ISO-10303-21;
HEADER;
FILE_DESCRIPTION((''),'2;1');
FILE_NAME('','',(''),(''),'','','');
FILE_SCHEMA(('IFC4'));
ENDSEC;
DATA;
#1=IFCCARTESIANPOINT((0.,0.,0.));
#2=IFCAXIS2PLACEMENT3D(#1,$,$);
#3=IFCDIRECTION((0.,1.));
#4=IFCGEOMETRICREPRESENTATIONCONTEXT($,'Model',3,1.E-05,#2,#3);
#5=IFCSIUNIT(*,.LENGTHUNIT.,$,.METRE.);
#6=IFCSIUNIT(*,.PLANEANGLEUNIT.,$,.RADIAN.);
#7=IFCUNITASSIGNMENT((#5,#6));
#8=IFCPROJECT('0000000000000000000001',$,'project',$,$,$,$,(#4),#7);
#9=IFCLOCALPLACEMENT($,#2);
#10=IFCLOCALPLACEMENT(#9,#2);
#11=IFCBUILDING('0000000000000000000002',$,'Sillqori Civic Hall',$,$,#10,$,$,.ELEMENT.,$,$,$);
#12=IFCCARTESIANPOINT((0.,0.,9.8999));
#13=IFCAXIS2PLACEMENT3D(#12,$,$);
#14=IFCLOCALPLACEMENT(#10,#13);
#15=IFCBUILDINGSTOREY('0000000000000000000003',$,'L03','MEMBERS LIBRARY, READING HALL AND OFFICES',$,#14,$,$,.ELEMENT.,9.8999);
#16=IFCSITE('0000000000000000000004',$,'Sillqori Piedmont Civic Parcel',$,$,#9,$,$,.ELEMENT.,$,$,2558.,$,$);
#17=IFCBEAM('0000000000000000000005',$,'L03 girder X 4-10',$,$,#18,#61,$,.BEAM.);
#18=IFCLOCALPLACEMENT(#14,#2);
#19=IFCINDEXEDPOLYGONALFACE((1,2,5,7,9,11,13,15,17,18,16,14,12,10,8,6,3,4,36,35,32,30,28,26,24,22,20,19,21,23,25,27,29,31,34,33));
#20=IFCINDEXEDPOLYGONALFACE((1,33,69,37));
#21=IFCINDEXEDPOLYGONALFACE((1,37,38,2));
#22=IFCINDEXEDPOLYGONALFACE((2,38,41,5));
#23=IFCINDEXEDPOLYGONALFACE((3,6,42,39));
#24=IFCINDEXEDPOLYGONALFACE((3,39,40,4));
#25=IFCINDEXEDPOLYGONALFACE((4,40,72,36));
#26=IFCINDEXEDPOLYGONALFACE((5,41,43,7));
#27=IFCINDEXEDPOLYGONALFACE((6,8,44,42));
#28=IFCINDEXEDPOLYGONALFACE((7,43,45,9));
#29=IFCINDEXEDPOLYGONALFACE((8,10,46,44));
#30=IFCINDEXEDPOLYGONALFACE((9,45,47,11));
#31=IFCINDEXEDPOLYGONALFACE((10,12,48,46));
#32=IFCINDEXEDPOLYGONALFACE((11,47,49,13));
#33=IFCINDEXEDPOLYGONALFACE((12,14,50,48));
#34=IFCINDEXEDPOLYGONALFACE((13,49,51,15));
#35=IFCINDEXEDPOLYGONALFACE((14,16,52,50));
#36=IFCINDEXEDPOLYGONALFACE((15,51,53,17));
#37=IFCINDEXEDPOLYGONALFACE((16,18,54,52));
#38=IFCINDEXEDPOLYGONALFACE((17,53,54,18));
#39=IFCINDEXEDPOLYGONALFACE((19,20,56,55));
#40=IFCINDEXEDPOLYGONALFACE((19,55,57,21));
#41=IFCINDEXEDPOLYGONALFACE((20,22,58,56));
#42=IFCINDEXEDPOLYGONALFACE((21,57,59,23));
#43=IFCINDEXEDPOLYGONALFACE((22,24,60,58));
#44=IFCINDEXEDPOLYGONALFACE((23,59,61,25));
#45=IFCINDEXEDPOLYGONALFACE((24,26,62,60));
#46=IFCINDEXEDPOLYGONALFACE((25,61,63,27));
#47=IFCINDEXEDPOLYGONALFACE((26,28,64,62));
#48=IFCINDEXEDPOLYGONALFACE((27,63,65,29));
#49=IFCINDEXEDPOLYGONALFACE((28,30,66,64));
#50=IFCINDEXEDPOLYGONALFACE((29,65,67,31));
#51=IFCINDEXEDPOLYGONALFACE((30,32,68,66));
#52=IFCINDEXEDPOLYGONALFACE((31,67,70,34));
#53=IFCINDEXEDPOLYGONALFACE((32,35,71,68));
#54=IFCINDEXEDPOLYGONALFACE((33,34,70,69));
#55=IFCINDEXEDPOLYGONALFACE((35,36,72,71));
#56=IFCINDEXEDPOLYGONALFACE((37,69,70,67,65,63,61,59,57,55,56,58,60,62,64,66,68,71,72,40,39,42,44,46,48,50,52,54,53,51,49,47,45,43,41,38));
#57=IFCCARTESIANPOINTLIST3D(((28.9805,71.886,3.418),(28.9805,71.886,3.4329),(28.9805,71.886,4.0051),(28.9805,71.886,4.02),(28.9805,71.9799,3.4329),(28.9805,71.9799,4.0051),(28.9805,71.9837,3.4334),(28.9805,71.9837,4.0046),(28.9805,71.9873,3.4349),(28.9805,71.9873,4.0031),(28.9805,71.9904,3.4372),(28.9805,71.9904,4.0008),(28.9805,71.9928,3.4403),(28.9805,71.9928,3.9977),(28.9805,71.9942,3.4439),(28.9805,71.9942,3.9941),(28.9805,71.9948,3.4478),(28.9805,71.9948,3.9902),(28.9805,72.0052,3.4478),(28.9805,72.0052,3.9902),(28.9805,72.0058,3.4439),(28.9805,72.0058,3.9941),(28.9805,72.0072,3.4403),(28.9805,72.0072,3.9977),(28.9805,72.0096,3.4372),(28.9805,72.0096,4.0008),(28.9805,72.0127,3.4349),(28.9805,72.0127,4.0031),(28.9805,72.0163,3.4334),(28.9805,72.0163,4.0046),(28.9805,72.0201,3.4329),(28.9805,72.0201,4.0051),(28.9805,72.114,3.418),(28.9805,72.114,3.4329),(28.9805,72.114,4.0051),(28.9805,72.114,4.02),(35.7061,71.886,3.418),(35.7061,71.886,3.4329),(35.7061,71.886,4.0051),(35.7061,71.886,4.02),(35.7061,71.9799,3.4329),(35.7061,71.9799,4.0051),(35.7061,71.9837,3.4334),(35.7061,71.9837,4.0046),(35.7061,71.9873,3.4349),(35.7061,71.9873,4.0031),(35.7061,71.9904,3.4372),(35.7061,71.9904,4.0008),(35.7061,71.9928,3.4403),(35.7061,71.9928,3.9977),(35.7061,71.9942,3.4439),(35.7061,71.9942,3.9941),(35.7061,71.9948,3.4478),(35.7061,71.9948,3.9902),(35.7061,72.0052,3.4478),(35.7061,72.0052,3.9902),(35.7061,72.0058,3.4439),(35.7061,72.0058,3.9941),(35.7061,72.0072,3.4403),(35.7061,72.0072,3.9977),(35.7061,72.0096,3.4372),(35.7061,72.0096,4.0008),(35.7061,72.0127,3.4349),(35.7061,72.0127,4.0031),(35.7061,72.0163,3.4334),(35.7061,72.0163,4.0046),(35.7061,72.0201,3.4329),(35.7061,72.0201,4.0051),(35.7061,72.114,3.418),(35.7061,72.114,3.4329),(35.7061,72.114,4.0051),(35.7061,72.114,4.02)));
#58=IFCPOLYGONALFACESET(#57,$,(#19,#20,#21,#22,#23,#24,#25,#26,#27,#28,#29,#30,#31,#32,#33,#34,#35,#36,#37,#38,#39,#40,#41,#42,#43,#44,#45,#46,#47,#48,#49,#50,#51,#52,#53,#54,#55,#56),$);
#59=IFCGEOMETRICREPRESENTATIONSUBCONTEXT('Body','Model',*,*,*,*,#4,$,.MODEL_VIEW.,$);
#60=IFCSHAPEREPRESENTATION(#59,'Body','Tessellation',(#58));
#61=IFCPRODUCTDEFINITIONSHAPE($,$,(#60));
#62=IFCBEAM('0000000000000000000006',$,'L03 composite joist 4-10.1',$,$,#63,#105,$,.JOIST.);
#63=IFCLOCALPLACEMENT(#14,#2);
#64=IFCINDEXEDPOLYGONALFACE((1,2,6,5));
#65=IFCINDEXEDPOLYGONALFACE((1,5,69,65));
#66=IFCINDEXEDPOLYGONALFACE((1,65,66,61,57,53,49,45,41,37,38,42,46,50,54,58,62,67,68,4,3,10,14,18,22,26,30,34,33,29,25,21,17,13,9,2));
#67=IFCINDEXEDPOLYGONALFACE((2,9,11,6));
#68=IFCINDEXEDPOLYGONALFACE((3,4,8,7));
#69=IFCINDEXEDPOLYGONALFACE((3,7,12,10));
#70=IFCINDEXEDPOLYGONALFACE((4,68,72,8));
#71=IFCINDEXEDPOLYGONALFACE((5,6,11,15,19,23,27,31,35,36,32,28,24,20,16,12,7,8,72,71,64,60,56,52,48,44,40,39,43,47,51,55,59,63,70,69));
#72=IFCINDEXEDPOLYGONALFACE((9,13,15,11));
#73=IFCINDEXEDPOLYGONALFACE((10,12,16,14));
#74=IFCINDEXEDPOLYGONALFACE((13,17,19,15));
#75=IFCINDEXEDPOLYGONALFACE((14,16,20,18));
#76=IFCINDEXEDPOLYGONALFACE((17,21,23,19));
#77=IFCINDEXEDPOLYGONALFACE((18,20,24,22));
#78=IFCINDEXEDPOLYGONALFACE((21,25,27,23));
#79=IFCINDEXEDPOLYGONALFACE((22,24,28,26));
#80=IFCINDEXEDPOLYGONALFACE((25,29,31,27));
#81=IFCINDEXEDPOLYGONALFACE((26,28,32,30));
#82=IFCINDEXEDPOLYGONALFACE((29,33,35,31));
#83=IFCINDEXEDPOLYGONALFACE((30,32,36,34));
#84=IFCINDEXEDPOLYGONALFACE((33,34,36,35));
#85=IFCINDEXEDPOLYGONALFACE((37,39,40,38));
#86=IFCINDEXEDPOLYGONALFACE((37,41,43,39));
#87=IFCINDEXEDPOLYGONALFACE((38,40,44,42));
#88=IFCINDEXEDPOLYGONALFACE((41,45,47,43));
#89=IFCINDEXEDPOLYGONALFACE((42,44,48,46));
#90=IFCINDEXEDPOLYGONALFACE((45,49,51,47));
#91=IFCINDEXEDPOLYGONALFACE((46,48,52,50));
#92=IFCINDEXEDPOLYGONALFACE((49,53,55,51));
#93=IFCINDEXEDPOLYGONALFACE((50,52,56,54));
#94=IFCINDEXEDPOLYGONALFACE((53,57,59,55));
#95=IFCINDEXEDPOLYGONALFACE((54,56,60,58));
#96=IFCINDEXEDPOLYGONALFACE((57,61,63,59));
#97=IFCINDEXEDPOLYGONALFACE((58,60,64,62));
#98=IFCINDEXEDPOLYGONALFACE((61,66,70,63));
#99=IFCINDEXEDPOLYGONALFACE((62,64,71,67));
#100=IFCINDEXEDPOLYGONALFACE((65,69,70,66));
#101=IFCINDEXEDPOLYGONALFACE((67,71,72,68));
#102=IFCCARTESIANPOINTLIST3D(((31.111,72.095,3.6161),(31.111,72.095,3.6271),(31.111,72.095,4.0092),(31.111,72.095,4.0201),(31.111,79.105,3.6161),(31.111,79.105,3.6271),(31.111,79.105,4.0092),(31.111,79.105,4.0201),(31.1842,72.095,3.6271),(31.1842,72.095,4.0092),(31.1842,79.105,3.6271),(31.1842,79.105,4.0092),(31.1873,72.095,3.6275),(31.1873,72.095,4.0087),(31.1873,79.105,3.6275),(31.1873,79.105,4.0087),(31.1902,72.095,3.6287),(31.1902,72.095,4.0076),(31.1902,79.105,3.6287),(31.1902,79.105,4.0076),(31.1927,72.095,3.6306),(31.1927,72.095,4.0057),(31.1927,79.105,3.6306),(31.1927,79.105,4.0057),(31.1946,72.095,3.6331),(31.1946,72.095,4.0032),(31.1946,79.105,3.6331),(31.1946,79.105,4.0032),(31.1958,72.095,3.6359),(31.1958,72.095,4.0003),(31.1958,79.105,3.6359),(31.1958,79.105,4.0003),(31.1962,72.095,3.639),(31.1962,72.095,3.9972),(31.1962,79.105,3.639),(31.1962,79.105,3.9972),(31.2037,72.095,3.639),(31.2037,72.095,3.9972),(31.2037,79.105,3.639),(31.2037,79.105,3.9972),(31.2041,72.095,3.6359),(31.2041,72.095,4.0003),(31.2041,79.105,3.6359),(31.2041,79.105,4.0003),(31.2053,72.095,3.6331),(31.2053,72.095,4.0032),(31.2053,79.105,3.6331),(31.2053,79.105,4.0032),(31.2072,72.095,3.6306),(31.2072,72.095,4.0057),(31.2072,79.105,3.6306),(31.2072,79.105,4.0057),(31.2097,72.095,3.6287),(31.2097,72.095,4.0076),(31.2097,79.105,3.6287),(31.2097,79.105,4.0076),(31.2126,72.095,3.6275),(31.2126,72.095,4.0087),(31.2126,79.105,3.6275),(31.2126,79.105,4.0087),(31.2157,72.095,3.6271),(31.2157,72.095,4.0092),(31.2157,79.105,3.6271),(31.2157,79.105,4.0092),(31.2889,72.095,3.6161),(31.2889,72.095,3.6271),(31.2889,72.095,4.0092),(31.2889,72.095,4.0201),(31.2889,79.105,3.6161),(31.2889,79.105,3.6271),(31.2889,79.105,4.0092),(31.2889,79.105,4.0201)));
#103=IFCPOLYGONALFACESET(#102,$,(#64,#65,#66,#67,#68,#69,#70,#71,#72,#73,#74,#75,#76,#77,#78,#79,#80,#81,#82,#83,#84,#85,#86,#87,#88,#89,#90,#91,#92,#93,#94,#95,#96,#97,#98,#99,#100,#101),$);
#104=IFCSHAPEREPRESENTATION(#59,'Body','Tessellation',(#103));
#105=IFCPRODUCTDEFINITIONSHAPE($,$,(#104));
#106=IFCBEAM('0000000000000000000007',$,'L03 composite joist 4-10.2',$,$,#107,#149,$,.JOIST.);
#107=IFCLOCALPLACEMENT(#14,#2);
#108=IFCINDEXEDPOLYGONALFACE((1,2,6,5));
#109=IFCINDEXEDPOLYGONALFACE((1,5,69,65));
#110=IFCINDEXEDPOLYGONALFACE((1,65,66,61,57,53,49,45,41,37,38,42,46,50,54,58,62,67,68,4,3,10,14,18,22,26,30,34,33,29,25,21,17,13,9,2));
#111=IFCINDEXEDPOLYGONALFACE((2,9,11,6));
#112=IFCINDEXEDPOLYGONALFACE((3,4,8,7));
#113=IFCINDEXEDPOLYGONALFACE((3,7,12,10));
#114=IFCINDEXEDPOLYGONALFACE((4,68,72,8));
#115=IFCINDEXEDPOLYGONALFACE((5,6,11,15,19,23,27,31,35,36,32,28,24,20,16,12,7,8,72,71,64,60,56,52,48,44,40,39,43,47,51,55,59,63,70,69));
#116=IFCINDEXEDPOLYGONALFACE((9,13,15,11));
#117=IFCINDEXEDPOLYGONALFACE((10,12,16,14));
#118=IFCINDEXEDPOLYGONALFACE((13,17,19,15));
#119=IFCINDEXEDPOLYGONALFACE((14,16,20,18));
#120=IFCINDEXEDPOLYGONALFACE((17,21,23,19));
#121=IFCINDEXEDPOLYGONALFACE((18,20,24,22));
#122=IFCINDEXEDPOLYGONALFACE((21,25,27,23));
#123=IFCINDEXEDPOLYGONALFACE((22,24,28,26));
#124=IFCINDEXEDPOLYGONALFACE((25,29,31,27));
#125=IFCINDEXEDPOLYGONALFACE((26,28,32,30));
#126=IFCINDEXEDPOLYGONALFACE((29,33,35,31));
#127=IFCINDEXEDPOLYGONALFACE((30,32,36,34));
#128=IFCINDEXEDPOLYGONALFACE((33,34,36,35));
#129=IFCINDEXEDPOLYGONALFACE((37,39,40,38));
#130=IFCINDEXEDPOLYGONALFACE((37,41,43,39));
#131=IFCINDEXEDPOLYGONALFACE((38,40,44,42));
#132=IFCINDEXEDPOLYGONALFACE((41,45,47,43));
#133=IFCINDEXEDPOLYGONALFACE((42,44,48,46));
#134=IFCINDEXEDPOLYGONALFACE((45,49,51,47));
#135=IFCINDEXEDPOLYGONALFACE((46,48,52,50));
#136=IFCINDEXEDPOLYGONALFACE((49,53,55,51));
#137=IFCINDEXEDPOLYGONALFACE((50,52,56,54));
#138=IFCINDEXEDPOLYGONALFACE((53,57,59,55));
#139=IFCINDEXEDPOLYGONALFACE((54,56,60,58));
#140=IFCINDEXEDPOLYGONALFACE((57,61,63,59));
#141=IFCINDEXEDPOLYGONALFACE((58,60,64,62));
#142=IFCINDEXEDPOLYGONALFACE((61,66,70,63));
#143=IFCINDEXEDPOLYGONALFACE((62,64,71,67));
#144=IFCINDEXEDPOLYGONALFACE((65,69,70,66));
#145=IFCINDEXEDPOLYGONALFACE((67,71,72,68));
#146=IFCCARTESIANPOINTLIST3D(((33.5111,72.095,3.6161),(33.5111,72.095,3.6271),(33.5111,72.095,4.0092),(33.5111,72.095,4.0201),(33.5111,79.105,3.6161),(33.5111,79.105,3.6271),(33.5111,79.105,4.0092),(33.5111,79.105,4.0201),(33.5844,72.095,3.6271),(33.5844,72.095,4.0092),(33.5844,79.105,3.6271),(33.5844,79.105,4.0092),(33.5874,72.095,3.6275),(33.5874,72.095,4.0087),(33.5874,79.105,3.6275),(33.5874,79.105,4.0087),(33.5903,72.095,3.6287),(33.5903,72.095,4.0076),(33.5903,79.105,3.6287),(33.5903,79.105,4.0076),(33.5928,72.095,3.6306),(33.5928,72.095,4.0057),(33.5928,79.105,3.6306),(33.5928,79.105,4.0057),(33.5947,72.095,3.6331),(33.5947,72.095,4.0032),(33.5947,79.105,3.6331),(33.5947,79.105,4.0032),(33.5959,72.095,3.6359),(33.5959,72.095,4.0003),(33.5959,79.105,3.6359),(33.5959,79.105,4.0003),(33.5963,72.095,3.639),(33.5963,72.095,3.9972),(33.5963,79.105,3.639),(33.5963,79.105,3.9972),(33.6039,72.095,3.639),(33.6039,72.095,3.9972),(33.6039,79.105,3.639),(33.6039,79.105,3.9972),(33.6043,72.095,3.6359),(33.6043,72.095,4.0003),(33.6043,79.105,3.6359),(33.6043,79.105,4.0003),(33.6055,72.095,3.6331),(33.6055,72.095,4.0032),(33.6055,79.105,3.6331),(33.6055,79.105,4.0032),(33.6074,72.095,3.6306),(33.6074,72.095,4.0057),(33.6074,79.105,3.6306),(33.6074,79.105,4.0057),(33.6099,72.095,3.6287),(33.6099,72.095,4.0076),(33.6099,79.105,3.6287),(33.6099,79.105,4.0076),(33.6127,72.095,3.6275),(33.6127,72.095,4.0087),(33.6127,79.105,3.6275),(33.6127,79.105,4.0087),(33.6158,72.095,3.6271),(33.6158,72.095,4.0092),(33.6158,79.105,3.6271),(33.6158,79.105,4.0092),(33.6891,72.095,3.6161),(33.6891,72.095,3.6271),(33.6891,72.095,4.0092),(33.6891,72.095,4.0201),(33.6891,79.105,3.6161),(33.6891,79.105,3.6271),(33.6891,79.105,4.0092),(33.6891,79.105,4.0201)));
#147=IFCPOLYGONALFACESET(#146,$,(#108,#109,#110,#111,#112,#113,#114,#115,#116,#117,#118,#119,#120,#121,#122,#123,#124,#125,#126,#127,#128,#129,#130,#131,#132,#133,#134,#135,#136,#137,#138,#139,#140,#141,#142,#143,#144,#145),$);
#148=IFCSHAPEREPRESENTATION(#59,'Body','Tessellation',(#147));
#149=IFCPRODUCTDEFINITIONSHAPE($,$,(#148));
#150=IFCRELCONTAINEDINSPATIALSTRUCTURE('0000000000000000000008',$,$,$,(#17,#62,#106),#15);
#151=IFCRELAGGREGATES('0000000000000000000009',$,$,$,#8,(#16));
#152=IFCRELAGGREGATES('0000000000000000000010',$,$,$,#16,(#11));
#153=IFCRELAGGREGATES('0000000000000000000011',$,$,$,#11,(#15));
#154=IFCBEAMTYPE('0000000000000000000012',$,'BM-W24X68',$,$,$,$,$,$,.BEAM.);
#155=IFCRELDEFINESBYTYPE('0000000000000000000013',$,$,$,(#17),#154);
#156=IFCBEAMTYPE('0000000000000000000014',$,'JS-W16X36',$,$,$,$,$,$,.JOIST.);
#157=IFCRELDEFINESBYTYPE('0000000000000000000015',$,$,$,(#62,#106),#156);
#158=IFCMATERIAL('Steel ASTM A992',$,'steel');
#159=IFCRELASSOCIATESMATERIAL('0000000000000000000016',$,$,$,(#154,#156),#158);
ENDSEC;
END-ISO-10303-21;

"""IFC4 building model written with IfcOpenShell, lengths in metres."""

from ifc_helpers import new_model, si_unit, direction, frame, origin, origin_2d, place, context, subcontext, project, spatial, i_section, extrude, material, material_profile, profile_set, type_object, element, save


model = new_model("IFC4")

# Units and contexts
model_context = context("Model", 3, precision=1e-05, world=origin(), true_north=direction((0.0, 1.0)))
body_context = subcontext(model_context, "Body", "Model", "MODEL_VIEW")
ifc_project = project(units=[si_unit("LENGTHUNIT", "METRE"), si_unit("PLANEANGLEUNIT", "RADIAN")], contexts=[model_context])

# Site, building, storey
site_placement = place(None, origin())
site = spatial("IfcSite", under=ifc_project, at=site_placement, Name="Sillqori Piedmont Civic Parcel", CompositionType="ELEMENT", RefElevation=2558.0)
building_placement = place(site_placement, origin())
building = spatial("IfcBuilding", under=site, at=building_placement, Name="Sillqori Civic Hall", CompositionType="ELEMENT")
storey_placement = place(building_placement, frame((0.0, 0.0, 9.8999)))
storey = spatial("IfcBuildingStorey", under=building, at=storey_placement, Name="L03", Description="MEMBERS LIBRARY, READING HALL AND OFFICES", CompositionType="ELEMENT", Elevation=9.8999)

# Shared definitions
ifc_material_1 = material(Name="Steel ASTM A992", Category="steel")

# Beam
ifc_material_profile_1 = material_profile(ifc_material_1, i_section(OverallWidth=0.228, OverallDepth=0.6021, WebThickness=0.0105, FlangeThickness=0.0149, FilletRadius=0.0149, at=origin_2d()), Name="W24X68")
ifc_profile_set_1 = profile_set([ifc_material_profile_1], Name="Steel ASTM A992")
beam_type_1 = type_object("IfcBeamType", Name="BM-W24X68", PredefinedType="BEAM", material=ifc_profile_set_1)
beam_1_placement = place(storey_placement, frame((28.9805, 72.0, 3.719), z_axis=(1.0, 0.0, 0.0), x_axis=(0.0, 1.0, 0.0)))
element("IfcBeam", 1, at=beam_1_placement, inside=storey, type_object=beam_type_1, Name="L03 girder X 4-10", PredefinedType="BEAM", context=body_context, shape_type="SweptSolid", body=[
    extrude(i_section(OverallWidth=0.228, OverallDepth=0.6021, WebThickness=0.0105, FlangeThickness=0.0149, FilletRadius=0.0149, at=origin_2d()), origin(), (0.0, 0.0, 1.0), 6.7256),
])

# Beams
ifc_material_profile_2 = material_profile(ifc_material_1, i_section(OverallWidth=0.178, OverallDepth=0.4041, WebThickness=0.0076, FlangeThickness=0.011, FilletRadius=0.012, at=origin_2d()), Name="W16X36")
ifc_profile_set_2 = profile_set([ifc_material_profile_2], Name="Steel ASTM A992")
beam_type_2 = type_object("IfcBeamType", Name="JS-W16X36", PredefinedType="JOIST", material=ifc_profile_set_2)
for number, where, z_axis, x_axis, name in (
    (2, (31.2, 72.095, 3.8181), (0.0, 1.0, 0.0), (-1.0, 0.0, 0.0), "L03 composite joist 4-10.1"),
    (3, (33.6001, 72.095, 3.8181), (0.0, 1.0, 0.0), (-1.0, 0.0, 0.0), "L03 composite joist 4-10.2"),
):
    element("IfcBeam", number, at=place(storey_placement, frame(where, z_axis=z_axis, x_axis=x_axis)), inside=storey, type_object=beam_type_2, Name=name, PredefinedType="JOIST", context=body_context, shape_type="SweptSolid", body=[
        extrude(i_section(OverallWidth=0.178, OverallDepth=0.4041, WebThickness=0.0076, FlangeThickness=0.011, FilletRadius=0.012, at=origin_2d()), origin(), (0.0, 0.0, 1.0), 7.01),
    ])

save(model, "model.ifc")
